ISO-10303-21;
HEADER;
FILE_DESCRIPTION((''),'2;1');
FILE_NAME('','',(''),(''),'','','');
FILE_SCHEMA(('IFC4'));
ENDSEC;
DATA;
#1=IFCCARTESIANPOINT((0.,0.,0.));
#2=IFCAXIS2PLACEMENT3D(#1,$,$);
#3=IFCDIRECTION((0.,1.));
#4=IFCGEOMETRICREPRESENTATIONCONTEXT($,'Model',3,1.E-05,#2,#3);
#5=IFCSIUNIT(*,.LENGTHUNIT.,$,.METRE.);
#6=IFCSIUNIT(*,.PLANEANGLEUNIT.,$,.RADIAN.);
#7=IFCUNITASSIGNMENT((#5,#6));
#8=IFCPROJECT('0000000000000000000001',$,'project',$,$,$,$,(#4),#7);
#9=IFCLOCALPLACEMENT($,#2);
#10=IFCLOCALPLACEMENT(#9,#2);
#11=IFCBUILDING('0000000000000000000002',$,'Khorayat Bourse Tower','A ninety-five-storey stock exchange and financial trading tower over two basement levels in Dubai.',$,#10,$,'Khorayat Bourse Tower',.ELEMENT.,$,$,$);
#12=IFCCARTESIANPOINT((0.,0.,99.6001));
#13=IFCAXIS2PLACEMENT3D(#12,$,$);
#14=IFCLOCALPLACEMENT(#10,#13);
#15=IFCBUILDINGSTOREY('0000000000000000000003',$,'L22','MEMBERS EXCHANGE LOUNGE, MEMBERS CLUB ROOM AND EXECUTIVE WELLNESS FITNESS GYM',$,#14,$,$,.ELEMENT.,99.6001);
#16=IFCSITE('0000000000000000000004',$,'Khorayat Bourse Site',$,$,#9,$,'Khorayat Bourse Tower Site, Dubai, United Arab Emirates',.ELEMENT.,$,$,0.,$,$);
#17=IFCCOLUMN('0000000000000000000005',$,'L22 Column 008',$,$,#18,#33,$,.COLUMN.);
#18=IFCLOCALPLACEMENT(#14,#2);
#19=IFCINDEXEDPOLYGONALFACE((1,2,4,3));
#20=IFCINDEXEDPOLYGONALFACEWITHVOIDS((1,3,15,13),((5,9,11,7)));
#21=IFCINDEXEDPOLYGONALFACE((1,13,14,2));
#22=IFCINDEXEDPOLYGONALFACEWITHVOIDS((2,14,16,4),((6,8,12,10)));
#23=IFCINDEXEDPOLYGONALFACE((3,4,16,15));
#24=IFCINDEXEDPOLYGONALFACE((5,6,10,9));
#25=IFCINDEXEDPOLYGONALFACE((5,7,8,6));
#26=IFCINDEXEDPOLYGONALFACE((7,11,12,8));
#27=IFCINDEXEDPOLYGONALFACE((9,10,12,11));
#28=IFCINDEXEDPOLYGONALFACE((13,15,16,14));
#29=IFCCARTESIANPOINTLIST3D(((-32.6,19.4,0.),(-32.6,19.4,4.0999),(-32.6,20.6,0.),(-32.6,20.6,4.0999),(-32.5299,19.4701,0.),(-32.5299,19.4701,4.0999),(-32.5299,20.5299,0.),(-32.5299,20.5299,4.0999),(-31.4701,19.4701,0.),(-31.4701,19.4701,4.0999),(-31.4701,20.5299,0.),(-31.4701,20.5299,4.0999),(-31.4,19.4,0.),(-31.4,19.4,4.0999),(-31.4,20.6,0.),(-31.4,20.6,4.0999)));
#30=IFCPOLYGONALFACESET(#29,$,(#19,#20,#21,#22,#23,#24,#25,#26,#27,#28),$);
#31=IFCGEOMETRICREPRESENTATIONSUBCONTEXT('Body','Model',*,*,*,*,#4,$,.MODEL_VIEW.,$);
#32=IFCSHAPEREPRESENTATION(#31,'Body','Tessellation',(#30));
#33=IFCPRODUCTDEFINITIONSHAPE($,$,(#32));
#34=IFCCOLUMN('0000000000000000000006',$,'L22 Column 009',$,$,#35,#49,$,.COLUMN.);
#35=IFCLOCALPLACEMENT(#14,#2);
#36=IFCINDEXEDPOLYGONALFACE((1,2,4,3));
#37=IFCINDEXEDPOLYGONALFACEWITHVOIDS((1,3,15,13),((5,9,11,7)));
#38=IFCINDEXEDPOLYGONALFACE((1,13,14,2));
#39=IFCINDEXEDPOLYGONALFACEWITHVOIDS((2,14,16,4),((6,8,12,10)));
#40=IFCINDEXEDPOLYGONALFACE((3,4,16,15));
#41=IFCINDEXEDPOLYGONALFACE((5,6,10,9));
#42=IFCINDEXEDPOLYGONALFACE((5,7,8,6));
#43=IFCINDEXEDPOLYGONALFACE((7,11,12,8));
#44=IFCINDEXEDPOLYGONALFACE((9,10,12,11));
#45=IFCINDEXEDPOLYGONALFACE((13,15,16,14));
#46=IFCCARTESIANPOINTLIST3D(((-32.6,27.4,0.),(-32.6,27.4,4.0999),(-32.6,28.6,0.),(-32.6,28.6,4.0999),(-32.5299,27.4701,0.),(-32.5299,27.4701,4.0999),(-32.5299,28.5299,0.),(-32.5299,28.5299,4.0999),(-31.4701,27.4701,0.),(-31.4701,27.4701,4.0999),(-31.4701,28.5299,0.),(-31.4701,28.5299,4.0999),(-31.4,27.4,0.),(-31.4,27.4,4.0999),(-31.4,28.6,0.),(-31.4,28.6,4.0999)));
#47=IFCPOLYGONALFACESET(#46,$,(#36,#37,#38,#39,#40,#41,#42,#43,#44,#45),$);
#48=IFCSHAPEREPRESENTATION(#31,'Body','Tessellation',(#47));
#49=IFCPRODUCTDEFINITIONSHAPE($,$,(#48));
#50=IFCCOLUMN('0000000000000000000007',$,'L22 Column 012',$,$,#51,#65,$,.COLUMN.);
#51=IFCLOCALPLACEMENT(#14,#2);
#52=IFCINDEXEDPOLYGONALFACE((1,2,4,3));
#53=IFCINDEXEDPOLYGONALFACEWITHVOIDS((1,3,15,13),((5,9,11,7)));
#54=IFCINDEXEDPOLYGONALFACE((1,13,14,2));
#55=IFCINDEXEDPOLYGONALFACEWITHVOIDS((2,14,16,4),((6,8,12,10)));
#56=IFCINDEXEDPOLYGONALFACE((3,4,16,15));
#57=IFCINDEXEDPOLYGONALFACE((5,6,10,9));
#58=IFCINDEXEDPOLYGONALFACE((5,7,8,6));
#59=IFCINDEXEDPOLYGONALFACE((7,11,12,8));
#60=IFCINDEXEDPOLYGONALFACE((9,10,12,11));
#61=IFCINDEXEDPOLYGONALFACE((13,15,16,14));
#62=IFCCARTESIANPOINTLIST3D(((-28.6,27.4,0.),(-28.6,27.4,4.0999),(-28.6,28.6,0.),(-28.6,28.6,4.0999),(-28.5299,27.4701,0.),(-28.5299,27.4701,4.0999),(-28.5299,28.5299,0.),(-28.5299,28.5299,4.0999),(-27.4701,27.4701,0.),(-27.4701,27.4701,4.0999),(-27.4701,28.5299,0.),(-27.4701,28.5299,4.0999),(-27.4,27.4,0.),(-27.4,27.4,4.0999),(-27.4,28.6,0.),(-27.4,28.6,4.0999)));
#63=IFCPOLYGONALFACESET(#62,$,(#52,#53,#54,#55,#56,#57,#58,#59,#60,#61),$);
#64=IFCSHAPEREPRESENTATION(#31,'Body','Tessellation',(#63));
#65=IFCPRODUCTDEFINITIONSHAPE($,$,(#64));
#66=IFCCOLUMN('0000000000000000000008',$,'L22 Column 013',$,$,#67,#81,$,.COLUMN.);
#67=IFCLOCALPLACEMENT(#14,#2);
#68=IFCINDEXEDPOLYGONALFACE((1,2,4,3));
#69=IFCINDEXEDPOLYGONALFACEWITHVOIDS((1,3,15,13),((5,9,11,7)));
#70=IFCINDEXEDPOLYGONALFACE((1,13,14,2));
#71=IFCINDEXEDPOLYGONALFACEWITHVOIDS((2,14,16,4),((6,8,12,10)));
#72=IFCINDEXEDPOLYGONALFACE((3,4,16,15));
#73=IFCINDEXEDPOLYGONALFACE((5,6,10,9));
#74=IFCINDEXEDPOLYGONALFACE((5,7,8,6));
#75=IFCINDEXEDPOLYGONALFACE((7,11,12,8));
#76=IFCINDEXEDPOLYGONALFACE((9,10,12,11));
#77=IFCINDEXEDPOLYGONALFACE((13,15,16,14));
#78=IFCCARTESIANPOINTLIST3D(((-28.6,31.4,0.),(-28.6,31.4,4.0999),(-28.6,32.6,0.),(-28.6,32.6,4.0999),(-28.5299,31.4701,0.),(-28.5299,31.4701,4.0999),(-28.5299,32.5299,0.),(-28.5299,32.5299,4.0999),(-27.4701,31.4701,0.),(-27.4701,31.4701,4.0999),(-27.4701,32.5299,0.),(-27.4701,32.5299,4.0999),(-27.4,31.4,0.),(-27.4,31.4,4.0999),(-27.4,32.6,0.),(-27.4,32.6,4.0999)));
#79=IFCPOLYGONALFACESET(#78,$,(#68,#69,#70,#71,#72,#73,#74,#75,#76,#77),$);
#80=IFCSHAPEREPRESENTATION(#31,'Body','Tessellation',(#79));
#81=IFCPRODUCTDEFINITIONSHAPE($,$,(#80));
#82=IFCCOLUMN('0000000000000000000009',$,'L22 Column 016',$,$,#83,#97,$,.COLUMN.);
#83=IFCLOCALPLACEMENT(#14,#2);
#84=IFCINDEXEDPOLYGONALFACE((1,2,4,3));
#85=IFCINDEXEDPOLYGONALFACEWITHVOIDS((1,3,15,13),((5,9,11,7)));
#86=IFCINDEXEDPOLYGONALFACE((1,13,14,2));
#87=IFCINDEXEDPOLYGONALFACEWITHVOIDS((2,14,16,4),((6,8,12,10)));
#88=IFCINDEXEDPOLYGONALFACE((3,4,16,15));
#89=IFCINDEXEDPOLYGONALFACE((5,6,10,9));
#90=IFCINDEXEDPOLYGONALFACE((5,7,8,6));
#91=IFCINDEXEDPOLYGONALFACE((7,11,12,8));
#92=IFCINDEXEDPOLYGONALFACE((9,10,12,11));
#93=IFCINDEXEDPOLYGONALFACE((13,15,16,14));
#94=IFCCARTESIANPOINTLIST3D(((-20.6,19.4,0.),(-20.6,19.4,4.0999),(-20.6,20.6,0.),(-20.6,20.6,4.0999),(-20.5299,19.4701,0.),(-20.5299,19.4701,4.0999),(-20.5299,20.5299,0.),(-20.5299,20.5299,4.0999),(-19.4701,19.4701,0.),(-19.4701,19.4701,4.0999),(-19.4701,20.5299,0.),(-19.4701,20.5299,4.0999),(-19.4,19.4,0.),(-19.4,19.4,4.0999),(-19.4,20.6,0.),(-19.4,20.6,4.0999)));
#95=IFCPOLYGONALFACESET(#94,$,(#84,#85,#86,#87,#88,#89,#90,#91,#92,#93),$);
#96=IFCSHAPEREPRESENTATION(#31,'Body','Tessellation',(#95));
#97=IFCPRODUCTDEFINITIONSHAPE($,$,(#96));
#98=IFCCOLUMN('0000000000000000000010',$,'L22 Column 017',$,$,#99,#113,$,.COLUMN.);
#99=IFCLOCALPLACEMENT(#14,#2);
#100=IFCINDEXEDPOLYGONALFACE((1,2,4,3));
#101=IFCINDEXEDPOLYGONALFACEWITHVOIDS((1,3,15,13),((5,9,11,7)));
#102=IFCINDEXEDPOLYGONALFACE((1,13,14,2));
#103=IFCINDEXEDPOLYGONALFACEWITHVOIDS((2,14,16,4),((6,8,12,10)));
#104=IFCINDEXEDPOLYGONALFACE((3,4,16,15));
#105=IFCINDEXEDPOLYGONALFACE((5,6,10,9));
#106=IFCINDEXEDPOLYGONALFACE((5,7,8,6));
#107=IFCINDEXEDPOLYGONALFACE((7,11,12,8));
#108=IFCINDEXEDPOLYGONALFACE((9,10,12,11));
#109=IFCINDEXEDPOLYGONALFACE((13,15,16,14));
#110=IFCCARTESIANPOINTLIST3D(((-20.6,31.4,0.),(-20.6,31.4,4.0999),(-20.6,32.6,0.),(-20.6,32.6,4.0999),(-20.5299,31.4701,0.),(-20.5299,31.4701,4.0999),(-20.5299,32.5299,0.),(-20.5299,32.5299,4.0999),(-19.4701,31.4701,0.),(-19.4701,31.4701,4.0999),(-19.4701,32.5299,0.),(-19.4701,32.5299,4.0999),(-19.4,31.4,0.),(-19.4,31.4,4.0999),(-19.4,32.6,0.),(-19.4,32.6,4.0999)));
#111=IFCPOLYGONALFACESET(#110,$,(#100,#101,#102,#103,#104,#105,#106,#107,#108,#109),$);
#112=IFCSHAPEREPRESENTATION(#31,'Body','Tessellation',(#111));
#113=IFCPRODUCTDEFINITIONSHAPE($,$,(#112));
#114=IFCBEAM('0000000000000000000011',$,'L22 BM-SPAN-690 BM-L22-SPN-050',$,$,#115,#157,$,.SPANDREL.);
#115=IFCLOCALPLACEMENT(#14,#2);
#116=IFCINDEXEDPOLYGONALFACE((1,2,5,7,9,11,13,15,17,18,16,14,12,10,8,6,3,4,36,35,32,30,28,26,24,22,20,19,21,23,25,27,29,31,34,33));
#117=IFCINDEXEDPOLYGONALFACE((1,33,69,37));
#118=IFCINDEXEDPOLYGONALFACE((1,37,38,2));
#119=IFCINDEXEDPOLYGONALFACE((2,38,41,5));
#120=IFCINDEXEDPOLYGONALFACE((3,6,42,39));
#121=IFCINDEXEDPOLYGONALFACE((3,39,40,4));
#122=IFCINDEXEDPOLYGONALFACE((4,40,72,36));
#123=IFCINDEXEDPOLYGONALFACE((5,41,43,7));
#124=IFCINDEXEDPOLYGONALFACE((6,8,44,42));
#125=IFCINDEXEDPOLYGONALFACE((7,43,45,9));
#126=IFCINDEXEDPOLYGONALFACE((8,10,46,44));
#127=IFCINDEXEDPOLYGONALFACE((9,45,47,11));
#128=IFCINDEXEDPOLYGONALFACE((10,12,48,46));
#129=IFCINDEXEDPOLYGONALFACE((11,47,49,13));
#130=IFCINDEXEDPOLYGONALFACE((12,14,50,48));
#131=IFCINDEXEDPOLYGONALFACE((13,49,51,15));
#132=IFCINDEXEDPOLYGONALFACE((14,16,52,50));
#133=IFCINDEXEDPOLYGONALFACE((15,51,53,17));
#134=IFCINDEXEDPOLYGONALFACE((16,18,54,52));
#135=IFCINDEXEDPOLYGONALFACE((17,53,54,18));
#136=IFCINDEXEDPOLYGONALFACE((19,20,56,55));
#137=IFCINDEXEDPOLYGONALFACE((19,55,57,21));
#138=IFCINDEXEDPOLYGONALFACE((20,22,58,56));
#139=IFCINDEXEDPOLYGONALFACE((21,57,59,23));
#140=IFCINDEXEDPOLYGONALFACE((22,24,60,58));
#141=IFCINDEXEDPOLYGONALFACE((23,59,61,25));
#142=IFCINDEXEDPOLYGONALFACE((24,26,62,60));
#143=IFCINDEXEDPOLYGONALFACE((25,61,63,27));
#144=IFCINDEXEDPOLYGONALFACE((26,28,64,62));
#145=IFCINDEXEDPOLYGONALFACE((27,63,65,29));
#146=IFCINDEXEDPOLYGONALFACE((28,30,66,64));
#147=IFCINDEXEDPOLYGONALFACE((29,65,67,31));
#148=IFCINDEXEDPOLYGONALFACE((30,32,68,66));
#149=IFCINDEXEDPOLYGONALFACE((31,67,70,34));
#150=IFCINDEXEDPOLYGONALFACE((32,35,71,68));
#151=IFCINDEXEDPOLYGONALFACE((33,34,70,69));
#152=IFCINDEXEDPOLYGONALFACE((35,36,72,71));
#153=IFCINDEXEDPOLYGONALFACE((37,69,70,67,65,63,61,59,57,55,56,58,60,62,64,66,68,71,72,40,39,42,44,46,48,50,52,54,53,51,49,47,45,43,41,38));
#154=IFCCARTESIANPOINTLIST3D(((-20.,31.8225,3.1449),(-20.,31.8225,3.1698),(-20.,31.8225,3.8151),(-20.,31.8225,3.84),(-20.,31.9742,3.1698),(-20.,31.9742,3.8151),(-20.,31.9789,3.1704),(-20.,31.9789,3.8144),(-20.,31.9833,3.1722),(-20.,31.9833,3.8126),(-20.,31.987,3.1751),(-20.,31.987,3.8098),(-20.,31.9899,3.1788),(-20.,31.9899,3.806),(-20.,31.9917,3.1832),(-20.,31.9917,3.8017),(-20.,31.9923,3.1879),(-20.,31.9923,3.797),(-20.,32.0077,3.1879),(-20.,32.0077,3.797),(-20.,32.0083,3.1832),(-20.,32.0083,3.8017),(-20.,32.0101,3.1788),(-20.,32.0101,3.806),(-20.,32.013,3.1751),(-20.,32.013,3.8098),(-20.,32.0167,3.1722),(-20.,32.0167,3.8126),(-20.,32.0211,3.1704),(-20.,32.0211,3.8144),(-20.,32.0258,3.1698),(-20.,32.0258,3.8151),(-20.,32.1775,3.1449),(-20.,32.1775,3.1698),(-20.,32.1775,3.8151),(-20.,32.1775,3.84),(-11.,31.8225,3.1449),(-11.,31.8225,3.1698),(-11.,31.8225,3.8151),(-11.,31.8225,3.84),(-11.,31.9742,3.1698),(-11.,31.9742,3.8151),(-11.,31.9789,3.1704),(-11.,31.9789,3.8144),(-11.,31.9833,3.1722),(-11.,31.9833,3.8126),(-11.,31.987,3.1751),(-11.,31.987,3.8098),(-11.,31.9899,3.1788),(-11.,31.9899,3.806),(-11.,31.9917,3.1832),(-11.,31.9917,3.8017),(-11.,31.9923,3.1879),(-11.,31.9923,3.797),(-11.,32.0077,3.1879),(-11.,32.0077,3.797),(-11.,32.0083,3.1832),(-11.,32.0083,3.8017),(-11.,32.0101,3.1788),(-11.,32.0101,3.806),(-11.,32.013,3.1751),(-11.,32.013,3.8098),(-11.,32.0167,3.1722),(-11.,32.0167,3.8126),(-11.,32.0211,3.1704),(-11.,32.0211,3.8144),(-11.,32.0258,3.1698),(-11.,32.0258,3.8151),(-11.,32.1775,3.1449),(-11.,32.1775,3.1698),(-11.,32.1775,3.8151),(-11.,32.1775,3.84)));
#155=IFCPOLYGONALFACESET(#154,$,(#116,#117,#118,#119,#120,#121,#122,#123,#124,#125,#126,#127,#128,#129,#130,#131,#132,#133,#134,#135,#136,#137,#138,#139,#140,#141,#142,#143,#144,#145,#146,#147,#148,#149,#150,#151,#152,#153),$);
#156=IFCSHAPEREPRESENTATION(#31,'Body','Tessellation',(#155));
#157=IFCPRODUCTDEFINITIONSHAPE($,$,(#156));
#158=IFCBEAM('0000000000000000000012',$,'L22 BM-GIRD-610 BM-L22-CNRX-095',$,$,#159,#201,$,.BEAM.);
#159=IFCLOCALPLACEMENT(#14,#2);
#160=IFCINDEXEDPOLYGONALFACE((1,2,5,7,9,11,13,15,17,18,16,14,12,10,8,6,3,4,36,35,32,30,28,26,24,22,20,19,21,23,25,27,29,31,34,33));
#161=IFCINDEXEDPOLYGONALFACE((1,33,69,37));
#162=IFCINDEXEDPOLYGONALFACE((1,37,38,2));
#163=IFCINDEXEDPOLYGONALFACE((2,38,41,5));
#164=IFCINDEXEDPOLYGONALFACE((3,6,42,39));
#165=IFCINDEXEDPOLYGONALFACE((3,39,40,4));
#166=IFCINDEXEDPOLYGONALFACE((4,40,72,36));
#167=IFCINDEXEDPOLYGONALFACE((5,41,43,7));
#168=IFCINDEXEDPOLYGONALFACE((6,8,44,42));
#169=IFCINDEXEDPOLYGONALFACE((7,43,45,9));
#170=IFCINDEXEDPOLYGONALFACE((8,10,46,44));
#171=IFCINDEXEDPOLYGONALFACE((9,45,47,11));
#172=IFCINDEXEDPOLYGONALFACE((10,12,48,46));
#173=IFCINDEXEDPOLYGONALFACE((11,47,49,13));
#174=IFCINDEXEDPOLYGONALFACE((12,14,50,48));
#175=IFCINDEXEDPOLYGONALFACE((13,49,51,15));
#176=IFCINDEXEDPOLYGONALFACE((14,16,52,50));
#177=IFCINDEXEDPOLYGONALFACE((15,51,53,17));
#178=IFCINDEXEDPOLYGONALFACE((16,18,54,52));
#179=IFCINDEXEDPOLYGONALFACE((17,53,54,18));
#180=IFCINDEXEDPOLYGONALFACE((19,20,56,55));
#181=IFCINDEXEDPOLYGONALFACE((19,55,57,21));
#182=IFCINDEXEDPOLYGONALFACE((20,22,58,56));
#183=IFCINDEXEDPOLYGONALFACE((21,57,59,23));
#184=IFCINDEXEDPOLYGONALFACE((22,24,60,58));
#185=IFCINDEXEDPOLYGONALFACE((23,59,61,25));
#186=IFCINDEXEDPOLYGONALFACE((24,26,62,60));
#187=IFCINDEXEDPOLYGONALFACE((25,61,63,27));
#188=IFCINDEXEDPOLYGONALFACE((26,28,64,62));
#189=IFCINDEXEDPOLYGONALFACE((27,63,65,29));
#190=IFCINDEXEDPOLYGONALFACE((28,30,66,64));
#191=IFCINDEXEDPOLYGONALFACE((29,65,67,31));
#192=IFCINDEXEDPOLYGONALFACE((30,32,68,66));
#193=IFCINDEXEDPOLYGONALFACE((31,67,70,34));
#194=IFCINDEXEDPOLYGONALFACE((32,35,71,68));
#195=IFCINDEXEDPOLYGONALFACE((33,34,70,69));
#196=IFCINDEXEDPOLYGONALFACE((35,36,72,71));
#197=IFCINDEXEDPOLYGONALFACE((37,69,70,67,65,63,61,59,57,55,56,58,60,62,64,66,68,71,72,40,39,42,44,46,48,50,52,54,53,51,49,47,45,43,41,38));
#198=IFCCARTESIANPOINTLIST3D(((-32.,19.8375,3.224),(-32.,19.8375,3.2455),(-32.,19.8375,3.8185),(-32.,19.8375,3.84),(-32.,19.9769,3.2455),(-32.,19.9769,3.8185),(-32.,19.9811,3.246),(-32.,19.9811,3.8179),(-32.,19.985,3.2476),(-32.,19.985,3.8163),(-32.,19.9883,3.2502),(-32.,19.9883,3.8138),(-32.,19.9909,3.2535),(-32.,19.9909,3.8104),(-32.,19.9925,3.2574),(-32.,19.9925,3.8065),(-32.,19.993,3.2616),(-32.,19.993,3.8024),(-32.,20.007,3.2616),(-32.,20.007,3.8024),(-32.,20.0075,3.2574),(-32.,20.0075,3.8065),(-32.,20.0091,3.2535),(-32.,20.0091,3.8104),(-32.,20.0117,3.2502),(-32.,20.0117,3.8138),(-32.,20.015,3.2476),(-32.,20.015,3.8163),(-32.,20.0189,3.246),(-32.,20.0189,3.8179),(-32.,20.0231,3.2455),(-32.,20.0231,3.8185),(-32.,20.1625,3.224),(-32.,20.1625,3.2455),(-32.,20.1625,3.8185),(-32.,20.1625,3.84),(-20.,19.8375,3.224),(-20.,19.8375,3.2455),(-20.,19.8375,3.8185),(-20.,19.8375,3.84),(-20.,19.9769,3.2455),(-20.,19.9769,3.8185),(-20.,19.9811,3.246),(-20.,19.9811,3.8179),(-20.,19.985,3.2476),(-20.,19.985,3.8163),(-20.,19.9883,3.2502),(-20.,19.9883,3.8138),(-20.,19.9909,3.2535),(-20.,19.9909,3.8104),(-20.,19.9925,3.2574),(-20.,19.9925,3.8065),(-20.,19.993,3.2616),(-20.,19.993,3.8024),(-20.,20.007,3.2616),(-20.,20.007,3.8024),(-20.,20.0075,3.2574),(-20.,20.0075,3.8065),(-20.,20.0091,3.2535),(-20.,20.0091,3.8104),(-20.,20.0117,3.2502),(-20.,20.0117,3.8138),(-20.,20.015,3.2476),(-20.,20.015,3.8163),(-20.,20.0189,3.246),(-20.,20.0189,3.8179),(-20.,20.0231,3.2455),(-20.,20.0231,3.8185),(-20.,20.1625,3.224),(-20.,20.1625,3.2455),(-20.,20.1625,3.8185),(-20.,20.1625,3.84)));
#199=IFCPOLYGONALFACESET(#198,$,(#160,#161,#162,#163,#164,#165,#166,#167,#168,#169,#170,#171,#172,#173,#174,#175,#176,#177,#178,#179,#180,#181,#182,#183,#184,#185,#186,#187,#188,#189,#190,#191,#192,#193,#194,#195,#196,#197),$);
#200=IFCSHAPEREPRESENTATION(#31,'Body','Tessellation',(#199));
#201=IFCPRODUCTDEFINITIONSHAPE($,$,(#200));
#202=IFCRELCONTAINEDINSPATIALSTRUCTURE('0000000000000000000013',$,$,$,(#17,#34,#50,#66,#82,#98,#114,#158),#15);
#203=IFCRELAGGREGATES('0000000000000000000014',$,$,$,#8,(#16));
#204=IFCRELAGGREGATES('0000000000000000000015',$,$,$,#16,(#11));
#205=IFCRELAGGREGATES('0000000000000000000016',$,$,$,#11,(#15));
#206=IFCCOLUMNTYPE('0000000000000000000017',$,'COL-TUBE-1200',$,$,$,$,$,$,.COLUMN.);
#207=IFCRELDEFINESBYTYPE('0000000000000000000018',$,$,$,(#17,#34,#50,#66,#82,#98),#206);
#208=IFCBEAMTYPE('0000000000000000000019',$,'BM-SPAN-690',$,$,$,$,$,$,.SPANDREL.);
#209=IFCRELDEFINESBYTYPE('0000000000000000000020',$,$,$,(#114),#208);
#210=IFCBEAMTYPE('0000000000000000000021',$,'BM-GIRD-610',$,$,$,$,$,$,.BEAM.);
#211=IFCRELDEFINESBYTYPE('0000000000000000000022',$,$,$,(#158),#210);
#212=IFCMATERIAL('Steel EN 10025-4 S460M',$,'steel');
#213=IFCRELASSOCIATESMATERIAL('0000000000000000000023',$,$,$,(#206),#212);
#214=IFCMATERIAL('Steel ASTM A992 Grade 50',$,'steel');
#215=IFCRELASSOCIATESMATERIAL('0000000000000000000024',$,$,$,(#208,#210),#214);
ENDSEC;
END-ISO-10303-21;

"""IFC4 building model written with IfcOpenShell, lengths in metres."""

from ifc_helpers import new_model, si_unit, direction, frame, origin, origin_2d, place, context, subcontext, project, spatial, hollow_rectangle, i_section, extrude, source, transform, mapped, material, material_profile, profile_set, type_object, element, save


model = new_model("IFC4")

# Units and contexts
model_context = context("Model", 3, precision=1e-05, world=origin(), true_north=direction((0.0, 1.0)))
body_context = subcontext(model_context, "Body", "Model", "MODEL_VIEW")
ifc_project = project(units=[si_unit("LENGTHUNIT", "METRE"), si_unit("PLANEANGLEUNIT", "RADIAN")], contexts=[model_context])

# Site, building, storey
site_placement = place(None, origin())
site = spatial("IfcSite", under=ifc_project, at=site_placement, Name="Khorayat Bourse Site", LongName="Khorayat Bourse Tower Site, Dubai, United Arab Emirates", CompositionType="ELEMENT", RefElevation=0.0)
building_placement = place(site_placement, origin())
building = spatial("IfcBuilding", under=site, at=building_placement, Name="Khorayat Bourse Tower", Description="A ninety-five-storey stock exchange and financial trading tower over two basement levels in Dubai.", LongName="Khorayat Bourse Tower", CompositionType="ELEMENT")
storey_placement = place(building_placement, frame((0.0, 0.0, 99.6001)))
storey = spatial("IfcBuildingStorey", under=building, at=storey_placement, Name="L22", Description="MEMBERS EXCHANGE LOUNGE, MEMBERS CLUB ROOM AND EXECUTIVE WELLNESS FITNESS GYM", CompositionType="ELEMENT", Elevation=99.6001)

# Columns
ifc_material_1 = material(Name="Steel EN 10025-4 S460M", Category="steel")
ifc_material_profile_1 = material_profile(ifc_material_1, hollow_rectangle(XDim=1.2, YDim=1.2, WallThickness=0.0701, at=origin_2d()), Name="BOX 1200x1200x70")
ifc_profile_set_1 = profile_set([ifc_material_profile_1], Name="Steel EN 10025-4 S460M")
column_type = type_object("IfcColumnType", Name="COL-TUBE-1200", PredefinedType="COLUMN", material=ifc_profile_set_1)
shared_shape_1 = source(origin(), body_context, "Body", "SweptSolid", [
    extrude(hollow_rectangle(XDim=1.2, YDim=1.2, WallThickness=0.0701, at=origin_2d()), origin(), (0.0, 0.0, 1.0), 4.0999),
])
for number, where, z_axis, x_axis, name in (
    (1, (-32.0, 20.0, 0.0), (0.0, 0.0, 1.0), (1.0, 0.0, 0.0), "L22 Column 008"),
    (2, (-32.0, 28.0, 0.0), (0.0, 0.0, 1.0), (1.0, 0.0, 0.0), "L22 Column 009"),
    (3, (-28.0, 28.0, 0.0), (0.0, 0.0, 1.0), (1.0, 0.0, 0.0), "L22 Column 012"),
    (4, (-28.0, 32.0, 0.0), (0.0, 0.0, 1.0), (1.0, 0.0, 0.0), "L22 Column 013"),
    (5, (-20.0, 20.0, 0.0), (0.0, 0.0, 1.0), (1.0, 0.0, 0.0), "L22 Column 016"),
    (6, (-20.0, 32.0, 0.0), (0.0, 0.0, 1.0), (1.0, 0.0, 0.0), "L22 Column 017"),
):
    element("IfcColumn", number, at=place(storey_placement, frame(where, z_axis=z_axis, x_axis=x_axis)), inside=storey, type_object=column_type, Name=name, PredefinedType="COLUMN", context=body_context, shape_type="MappedRepresentation", body=[
        mapped(shared_shape_1, transform((0.0, 0.0, 0.0), scale=1.0)),
    ])

# Beams
ifc_material_2 = material(Name="Steel ASTM A992 Grade 50", Category="steel")
ifc_material_profile_2 = material_profile(ifc_material_2, i_section(OverallWidth=0.355, OverallDepth=0.6951, WebThickness=0.0154, FlangeThickness=0.0249, FilletRadius=0.0181, at=origin_2d()), Name="W690X217")
ifc_profile_set_2 = profile_set([ifc_material_profile_2], Name="Steel ASTM A992 Grade 50")
beam_type_1 = type_object("IfcBeamType", Name="BM-SPAN-690", PredefinedType="SPANDREL", material=ifc_profile_set_2)
shared_shape_2 = source(origin(), body_context, "Body", "SweptSolid", [
    extrude(i_section(OverallWidth=0.355, OverallDepth=0.6951, WebThickness=0.0154, FlangeThickness=0.0249, FilletRadius=0.0181, at=origin_2d()), origin(), (0.0, 0.0, 1.0), 9.0),
])
beam_1_placement = place(storey_placement, frame((-20.0, 32.0, 3.4924), z_axis=(1.0, 0.0, 0.0), x_axis=(0.0, 1.0, 0.0)))
element("IfcBeam", 7, at=beam_1_placement, inside=storey, type_object=beam_type_1, Name="L22 BM-SPAN-690 BM-L22-SPN-050", PredefinedType="SPANDREL", context=body_context, shape_type="MappedRepresentation", body=[
    mapped(shared_shape_2, transform((0.0, 0.0, 0.0), scale=1.0)),
])
ifc_material_profile_3 = material_profile(ifc_material_2, i_section(OverallWidth=0.325, OverallDepth=0.616, WebThickness=0.0139, FlangeThickness=0.0215, FilletRadius=0.0161, at=origin_2d()), Name="W610X174")
ifc_profile_set_3 = profile_set([ifc_material_profile_3], Name="Steel ASTM A992 Grade 50")
beam_type_2 = type_object("IfcBeamType", Name="BM-GIRD-610", PredefinedType="BEAM", material=ifc_profile_set_3)
shared_shape_3 = source(origin(), body_context, "Body", "SweptSolid", [
    extrude(i_section(OverallWidth=0.325, OverallDepth=0.616, WebThickness=0.0139, FlangeThickness=0.0215, FilletRadius=0.0161, at=origin_2d()), origin(), (0.0, 0.0, 1.0), 12.0),
])
beam_2_placement = place(storey_placement, frame((-32.0, 20.0, 3.532), z_axis=(1.0, 0.0, 0.0), x_axis=(0.0, 1.0, 0.0)))
element("IfcBeam", 8, at=beam_2_placement, inside=storey, type_object=beam_type_2, Name="L22 BM-GIRD-610 BM-L22-CNRX-095", PredefinedType="BEAM", context=body_context, shape_type="MappedRepresentation", body=[
    mapped(shared_shape_3, transform((0.0, 0.0, 0.0), scale=1.0)),
])

save(model, "model.ifc")
